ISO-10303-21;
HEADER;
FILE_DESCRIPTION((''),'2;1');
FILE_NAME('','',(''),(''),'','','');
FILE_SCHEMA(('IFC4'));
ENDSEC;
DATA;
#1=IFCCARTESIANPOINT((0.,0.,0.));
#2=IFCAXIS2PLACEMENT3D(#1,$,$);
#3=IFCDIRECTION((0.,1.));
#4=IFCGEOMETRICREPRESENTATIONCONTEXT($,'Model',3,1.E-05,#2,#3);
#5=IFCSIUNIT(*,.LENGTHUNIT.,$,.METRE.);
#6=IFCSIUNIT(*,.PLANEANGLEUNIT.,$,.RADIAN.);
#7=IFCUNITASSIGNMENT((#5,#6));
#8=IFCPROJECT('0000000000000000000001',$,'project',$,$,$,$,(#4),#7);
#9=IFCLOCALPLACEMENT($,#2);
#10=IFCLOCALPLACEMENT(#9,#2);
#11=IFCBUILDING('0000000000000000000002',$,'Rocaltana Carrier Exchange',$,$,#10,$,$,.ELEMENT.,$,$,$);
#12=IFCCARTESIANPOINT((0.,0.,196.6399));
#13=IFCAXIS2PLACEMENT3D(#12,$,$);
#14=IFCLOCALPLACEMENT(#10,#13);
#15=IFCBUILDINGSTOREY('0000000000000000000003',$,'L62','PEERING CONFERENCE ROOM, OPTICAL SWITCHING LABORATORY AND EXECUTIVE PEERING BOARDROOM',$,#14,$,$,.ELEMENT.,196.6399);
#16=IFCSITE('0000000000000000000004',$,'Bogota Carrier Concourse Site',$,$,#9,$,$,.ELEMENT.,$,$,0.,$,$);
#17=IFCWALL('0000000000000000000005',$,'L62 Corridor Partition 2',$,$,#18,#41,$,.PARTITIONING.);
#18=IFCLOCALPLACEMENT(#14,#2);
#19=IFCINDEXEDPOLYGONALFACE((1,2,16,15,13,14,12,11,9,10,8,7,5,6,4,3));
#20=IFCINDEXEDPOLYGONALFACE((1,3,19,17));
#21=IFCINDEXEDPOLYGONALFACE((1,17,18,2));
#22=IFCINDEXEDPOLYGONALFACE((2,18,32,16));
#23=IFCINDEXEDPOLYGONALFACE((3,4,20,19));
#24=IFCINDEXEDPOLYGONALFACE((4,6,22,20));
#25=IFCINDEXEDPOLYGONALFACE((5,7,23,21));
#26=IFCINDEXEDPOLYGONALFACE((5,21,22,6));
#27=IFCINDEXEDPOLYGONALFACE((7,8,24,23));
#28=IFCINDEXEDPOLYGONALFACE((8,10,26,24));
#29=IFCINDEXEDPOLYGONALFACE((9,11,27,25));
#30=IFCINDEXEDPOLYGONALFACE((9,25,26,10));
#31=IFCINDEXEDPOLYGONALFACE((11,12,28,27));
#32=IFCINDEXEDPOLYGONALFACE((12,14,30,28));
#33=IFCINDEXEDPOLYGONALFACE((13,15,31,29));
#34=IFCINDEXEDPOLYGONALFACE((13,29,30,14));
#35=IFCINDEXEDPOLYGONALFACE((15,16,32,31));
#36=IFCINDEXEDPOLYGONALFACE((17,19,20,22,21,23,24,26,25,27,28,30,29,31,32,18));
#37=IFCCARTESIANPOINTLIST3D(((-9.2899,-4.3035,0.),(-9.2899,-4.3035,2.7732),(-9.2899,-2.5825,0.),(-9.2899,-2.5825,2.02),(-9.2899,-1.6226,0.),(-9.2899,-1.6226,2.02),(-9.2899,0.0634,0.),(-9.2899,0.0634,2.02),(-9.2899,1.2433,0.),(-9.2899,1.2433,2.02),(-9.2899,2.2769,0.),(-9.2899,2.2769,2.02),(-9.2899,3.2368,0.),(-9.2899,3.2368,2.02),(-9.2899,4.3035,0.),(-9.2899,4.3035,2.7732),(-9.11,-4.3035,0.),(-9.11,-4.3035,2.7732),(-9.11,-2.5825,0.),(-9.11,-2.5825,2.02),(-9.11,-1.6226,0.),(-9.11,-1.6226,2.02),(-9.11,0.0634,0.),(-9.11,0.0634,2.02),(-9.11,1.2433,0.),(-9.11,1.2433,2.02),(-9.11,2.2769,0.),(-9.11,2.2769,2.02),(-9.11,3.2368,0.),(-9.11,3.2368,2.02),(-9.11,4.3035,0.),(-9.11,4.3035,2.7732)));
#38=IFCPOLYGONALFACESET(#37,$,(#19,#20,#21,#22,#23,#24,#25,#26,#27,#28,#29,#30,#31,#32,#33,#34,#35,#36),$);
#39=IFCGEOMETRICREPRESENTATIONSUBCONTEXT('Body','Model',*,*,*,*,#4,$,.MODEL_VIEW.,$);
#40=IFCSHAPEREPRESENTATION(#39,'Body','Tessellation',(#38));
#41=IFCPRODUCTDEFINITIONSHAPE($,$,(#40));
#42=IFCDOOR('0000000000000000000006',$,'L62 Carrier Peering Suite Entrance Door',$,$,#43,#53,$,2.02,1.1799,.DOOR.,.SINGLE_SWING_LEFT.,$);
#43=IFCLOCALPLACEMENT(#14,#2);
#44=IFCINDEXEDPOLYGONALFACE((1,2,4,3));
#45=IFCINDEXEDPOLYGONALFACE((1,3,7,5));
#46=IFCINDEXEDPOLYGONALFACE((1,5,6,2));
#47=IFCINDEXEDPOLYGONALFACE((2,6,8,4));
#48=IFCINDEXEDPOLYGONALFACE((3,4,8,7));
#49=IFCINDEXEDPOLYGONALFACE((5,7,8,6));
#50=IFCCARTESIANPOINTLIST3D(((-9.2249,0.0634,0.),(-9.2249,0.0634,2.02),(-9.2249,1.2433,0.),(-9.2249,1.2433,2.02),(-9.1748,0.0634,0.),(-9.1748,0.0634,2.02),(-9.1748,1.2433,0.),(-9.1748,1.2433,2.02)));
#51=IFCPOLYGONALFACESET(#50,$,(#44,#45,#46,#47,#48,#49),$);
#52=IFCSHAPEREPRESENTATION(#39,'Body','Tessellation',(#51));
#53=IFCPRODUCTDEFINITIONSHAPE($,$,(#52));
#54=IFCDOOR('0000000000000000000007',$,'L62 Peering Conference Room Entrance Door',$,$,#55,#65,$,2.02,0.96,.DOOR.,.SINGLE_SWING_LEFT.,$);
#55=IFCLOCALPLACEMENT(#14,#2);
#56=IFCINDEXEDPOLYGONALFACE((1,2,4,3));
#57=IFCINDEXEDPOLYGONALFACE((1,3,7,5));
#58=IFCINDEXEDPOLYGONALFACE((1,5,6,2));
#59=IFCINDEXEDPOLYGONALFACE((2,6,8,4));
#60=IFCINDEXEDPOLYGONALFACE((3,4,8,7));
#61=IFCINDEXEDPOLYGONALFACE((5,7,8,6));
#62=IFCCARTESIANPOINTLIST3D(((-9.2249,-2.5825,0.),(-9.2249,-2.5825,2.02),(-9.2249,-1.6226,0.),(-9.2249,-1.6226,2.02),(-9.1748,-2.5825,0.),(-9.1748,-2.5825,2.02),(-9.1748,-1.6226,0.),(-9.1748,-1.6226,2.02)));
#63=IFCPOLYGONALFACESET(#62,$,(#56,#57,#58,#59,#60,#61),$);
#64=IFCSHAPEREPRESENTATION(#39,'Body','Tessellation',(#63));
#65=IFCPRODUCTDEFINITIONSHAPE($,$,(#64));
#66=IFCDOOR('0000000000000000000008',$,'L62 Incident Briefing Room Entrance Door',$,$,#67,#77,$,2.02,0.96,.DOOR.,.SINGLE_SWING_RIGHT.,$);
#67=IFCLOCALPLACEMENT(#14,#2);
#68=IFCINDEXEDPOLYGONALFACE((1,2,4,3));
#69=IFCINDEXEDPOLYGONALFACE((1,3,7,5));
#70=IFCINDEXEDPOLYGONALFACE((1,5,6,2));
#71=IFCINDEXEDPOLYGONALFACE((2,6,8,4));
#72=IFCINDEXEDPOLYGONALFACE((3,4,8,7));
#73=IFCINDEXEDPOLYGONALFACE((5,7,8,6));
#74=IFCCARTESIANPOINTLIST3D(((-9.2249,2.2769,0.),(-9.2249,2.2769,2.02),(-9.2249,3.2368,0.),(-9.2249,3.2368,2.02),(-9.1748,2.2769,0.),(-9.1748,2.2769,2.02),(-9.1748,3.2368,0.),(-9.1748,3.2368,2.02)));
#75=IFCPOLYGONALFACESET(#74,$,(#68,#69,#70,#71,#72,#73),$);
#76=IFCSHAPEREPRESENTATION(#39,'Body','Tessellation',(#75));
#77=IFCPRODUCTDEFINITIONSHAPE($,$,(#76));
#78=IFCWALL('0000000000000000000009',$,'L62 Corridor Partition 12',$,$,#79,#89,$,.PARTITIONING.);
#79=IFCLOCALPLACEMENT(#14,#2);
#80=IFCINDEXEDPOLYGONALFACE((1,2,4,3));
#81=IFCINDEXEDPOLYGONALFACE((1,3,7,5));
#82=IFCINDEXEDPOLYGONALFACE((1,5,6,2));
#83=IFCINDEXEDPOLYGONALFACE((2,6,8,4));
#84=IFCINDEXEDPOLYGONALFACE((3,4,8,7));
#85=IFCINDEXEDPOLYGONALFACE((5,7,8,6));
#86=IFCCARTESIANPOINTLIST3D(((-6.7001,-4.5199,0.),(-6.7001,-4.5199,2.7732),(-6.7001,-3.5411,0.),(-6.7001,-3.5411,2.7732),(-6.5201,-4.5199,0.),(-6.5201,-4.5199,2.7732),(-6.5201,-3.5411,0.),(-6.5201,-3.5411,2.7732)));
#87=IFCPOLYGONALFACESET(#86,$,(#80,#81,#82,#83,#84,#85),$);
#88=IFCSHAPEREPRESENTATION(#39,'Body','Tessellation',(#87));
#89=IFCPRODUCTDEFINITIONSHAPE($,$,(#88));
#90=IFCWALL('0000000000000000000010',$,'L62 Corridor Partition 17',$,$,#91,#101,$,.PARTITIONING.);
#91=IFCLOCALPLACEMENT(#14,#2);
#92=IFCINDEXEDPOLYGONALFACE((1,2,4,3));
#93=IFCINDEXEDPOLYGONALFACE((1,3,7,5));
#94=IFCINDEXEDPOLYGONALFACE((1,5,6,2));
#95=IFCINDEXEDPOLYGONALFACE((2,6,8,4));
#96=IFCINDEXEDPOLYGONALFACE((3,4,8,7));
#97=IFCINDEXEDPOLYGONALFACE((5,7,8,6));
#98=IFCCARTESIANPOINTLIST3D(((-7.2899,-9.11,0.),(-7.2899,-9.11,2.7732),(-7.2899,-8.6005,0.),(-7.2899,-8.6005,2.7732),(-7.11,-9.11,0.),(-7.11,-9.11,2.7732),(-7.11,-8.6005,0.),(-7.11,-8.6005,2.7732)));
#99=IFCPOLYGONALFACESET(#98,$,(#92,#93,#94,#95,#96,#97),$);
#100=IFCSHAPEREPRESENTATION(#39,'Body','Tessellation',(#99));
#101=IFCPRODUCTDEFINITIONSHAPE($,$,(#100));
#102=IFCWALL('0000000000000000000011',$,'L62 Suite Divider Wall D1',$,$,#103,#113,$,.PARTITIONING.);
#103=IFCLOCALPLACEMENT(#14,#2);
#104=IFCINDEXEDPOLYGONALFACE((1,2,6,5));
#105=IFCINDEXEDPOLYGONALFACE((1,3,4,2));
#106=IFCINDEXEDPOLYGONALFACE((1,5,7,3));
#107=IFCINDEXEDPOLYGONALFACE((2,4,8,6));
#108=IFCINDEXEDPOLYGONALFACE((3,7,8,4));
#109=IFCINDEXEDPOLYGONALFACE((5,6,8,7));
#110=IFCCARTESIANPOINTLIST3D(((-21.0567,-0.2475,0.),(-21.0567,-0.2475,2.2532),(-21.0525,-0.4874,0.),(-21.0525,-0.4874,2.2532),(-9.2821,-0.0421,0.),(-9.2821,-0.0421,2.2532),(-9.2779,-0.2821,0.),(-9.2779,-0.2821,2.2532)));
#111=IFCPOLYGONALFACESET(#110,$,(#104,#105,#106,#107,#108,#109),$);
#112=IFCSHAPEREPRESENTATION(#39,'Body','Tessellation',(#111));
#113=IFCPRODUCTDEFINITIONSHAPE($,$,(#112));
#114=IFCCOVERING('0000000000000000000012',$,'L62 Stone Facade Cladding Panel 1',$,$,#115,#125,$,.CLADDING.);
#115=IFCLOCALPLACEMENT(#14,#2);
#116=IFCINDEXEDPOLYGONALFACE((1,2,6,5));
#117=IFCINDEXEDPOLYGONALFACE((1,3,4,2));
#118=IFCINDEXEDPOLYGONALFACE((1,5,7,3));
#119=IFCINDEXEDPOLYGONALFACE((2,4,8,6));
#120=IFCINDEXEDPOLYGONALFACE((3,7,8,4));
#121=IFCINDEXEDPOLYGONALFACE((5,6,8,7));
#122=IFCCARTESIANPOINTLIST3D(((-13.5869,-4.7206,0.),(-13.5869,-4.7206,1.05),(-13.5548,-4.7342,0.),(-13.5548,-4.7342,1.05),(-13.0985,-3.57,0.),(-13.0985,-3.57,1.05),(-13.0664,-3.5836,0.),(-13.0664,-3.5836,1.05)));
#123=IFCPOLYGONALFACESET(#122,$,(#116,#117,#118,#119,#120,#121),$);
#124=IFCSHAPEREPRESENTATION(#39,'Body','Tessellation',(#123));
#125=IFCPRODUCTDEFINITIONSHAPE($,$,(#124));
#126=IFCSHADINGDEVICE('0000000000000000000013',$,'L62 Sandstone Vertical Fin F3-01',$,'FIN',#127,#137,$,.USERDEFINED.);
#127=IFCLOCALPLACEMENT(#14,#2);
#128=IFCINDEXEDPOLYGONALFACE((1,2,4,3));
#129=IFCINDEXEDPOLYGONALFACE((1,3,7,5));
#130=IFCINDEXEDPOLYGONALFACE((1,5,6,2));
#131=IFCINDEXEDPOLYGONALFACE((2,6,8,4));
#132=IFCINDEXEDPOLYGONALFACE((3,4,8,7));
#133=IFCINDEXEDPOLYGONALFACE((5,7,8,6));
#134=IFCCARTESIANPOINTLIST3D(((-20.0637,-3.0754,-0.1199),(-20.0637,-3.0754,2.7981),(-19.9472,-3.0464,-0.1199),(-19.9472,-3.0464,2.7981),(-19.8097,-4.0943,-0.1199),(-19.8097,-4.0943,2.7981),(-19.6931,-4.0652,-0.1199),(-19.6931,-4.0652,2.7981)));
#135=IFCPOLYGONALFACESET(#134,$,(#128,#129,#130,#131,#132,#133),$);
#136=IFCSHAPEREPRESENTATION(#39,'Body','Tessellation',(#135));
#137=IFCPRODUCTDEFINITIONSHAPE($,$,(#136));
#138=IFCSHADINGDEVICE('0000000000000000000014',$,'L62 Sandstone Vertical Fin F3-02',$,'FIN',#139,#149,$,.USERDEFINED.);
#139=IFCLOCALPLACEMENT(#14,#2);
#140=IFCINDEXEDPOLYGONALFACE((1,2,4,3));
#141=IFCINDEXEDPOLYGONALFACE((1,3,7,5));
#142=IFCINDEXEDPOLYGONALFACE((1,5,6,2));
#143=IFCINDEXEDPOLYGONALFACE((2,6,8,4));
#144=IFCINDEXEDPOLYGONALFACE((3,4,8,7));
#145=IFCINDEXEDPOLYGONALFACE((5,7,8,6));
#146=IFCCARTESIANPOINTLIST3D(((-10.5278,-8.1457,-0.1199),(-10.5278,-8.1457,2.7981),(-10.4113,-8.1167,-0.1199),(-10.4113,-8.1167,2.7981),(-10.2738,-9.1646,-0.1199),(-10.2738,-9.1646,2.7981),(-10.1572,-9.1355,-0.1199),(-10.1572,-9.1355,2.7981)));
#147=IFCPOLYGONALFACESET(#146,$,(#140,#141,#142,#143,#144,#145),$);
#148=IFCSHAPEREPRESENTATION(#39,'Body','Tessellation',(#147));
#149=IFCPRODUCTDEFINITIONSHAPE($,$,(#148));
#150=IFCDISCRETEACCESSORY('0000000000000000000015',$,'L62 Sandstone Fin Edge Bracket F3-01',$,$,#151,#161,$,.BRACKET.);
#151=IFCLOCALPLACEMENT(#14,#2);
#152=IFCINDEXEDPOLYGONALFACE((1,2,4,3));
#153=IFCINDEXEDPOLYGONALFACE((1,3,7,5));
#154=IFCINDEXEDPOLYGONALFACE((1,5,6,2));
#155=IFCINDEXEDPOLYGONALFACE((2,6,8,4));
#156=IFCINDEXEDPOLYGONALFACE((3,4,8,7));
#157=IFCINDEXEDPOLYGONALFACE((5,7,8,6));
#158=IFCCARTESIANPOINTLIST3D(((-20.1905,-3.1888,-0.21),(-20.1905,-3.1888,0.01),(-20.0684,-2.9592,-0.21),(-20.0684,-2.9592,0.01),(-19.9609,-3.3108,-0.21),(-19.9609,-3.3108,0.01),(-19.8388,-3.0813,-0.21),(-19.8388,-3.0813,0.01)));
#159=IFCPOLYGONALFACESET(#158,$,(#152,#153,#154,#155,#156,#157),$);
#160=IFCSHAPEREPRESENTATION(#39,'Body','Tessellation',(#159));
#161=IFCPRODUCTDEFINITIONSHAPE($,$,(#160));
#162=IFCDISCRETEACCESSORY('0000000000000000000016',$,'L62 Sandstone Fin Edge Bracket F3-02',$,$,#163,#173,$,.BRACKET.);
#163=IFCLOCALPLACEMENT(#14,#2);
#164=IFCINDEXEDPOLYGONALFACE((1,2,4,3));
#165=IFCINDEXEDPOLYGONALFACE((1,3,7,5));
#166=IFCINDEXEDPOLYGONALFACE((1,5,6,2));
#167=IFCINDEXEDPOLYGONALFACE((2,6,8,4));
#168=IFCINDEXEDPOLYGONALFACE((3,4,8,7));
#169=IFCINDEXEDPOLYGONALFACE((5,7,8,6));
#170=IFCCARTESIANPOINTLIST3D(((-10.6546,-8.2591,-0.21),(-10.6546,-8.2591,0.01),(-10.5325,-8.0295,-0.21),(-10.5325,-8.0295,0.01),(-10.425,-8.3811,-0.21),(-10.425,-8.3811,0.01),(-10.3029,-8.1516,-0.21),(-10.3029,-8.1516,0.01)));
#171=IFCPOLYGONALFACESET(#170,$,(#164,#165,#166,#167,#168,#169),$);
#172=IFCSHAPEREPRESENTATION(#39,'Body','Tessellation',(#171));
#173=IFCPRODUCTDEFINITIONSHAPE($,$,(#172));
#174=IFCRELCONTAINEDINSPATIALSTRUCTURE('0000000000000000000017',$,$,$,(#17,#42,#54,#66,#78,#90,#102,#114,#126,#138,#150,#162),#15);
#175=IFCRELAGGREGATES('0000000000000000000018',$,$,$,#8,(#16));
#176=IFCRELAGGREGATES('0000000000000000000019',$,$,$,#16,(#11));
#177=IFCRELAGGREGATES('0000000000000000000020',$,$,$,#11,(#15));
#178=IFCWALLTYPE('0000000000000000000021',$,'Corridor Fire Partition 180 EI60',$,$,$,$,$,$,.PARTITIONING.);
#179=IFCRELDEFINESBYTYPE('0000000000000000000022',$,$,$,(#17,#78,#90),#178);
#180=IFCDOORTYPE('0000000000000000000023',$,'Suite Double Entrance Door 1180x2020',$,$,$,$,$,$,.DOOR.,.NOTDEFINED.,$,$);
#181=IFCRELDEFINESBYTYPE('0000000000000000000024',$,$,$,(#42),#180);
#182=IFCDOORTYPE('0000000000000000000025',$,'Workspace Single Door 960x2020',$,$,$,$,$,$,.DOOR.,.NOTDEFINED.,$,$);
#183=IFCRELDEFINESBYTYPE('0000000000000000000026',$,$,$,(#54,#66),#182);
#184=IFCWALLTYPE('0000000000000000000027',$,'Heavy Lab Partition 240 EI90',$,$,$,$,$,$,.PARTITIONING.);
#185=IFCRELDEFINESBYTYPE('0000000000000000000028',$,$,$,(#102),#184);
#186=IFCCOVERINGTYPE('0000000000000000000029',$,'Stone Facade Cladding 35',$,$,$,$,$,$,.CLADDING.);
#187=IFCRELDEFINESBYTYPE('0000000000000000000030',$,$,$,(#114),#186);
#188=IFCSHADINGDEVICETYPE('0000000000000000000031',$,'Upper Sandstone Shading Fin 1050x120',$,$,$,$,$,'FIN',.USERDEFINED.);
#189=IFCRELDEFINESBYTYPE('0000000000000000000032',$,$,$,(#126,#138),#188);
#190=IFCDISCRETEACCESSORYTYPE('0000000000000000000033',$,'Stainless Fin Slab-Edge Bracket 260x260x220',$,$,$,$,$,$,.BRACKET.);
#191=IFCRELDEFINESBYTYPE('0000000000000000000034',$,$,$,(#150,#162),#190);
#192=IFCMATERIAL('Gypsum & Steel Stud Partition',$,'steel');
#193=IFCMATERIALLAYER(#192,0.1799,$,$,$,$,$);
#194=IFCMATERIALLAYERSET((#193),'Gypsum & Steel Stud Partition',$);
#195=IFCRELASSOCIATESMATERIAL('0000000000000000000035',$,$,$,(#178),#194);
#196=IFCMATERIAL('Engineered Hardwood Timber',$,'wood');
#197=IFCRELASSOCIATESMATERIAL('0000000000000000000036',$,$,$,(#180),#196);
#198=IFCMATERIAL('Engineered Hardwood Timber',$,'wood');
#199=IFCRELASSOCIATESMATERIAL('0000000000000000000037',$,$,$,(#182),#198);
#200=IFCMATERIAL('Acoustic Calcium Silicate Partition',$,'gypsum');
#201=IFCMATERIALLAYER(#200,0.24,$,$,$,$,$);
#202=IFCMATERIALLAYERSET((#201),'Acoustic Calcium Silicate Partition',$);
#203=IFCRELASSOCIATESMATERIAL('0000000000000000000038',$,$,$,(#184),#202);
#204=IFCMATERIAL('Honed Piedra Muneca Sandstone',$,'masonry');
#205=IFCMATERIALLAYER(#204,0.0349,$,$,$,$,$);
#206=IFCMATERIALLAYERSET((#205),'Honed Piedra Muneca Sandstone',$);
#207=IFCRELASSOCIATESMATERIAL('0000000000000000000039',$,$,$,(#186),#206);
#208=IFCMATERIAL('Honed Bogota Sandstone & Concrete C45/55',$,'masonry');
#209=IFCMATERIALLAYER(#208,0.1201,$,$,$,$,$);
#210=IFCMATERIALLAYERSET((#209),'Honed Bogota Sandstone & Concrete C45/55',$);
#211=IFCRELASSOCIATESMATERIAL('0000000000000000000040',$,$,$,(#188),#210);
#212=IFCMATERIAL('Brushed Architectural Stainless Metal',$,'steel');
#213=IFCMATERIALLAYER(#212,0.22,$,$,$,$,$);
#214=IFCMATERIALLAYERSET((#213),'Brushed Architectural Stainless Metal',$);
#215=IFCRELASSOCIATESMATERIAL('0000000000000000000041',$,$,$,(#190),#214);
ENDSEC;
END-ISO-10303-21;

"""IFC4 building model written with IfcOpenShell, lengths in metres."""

from ifc_helpers import new_model, si_unit, direction, frame, frame_2d, origin, origin_2d, place, context, subcontext, project, spatial, rectangle, extrude, material, layer, layer_set, type_object, element, fill, save


model = new_model("IFC4")

# Units and contexts
model_context = context("Model", 3, precision=1e-05, world=origin(), true_north=direction((0.0, 1.0)))
body_context = subcontext(model_context, "Body", "Model", "MODEL_VIEW")
ifc_project = project(units=[si_unit("LENGTHUNIT", "METRE"), si_unit("PLANEANGLEUNIT", "RADIAN")], contexts=[model_context])

# Site, building, storey
site_placement = place(None, origin())
site = spatial("IfcSite", under=ifc_project, at=site_placement, Name="Bogota Carrier Concourse Site", CompositionType="ELEMENT", RefElevation=0.0)
building_placement = place(site_placement, origin())
building = spatial("IfcBuilding", under=site, at=building_placement, Name="Rocaltana Carrier Exchange", CompositionType="ELEMENT")
storey_placement = place(building_placement, frame((0.0, 0.0, 196.6399)))
storey = spatial("IfcBuildingStorey", under=building, at=storey_placement, Name="L62", Description="PEERING CONFERENCE ROOM, OPTICAL SWITCHING LABORATORY AND EXECUTIVE PEERING BOARDROOM", CompositionType="ELEMENT", Elevation=196.6399)

# Shared definitions
ifc_material_1 = material(Name="Gypsum & Steel Stud Partition", Category="steel")
ifc_layer_1 = layer(ifc_material_1, 0.1799)
ifc_layer_set_1 = layer_set([ifc_layer_1], Name="Gypsum & Steel Stud Partition")
wall_type_1 = type_object("IfcWallType", Name="Corridor Fire Partition 180 EI60", PredefinedType="PARTITIONING", material=ifc_layer_set_1)

# Wall, openings, doors
wall_1_placement = place(storey_placement, frame((-9.2, -4.3035, 0.0), z_axis=(0.0, 0.0, 1.0), x_axis=(0.0, 1.0, 0.0)))
wall_1 = element("IfcWall", 1, at=wall_1_placement, inside=storey, type_object=wall_type_1, Name="L62 Corridor Partition 2", PredefinedType="PARTITIONING", context=body_context, shape_type="SweptSolid", body=[
    extrude(rectangle(XDim=8.6069, YDim=0.1799, at=frame_2d((4.3035, 0.0))), origin(), (0.0, 0.0, 1.0), 2.7732),
])
opening_1_placement = place(wall_1_placement, frame((1.7209, 0.0, 0.0)))
opening_1 = element("IfcOpeningElement", 2, at=opening_1_placement, cuts=wall_1, PredefinedType="OPENING", context=body_context, shape_type="SweptSolid", body=[
    extrude(rectangle(XDim=0.96, YDim=2.02, at=frame_2d((0.48, 1.01))), frame((0.0, 0.0999, 0.0), z_axis=(0.0, -1.0, 0.0), x_axis=(1.0, 0.0, 0.0)), (0.0, 0.0, 1.0), 0.2),
])
opening_2_placement = place(wall_1_placement, frame((6.5803, 0.0, 0.0)))
opening_2 = element("IfcOpeningElement", 3, at=opening_2_placement, cuts=wall_1, PredefinedType="OPENING", context=body_context, shape_type="SweptSolid", body=[
    extrude(rectangle(XDim=0.96, YDim=2.02, at=frame_2d((0.48, 1.01))), frame((0.0, 0.0999, 0.0), z_axis=(0.0, -1.0, 0.0), x_axis=(1.0, 0.0, 0.0)), (0.0, 0.0, 1.0), 0.2),
])
opening_3_placement = place(wall_1_placement, frame((4.3669, 0.0, 0.0)))
opening_3 = element("IfcOpeningElement", 4, at=opening_3_placement, cuts=wall_1, PredefinedType="OPENING", context=body_context, shape_type="SweptSolid", body=[
    extrude(rectangle(XDim=1.1799, YDim=2.02, at=frame_2d((0.5898, 1.01))), frame((0.0, 0.0999, 0.0), z_axis=(0.0, -1.0, 0.0), x_axis=(1.0, 0.0, 0.0)), (0.0, 0.0, 1.0), 0.2),
])
ifc_material_2 = material(Name="Engineered Hardwood Timber", Category="wood")
door_type_1 = type_object("IfcDoorType", Name="Suite Double Entrance Door 1180x2020", OperationType="NOTDEFINED", PredefinedType="DOOR", material=ifc_material_2)
door_1_placement = place(opening_3_placement, origin())
door_1 = element("IfcDoor", 5, at=door_1_placement, inside=storey, type_object=door_type_1, Name="L62 Carrier Peering Suite Entrance Door", OperationType="SINGLE_SWING_LEFT", OverallHeight=2.02, OverallWidth=1.1799, PredefinedType="DOOR", context=body_context, shape_type="SweptSolid", body=[
    extrude(rectangle(XDim=1.1799, YDim=2.02, at=frame_2d((0.5898, 1.01))), frame((0.0, 0.0249, 0.0), z_axis=(0.0, -1.0, 0.0), x_axis=(1.0, 0.0, 0.0)), (0.0, 0.0, 1.0), 0.05),
])
fill(opening_3, door_1)
ifc_material_3 = material(Name="Engineered Hardwood Timber", Category="wood")
door_type_2 = type_object("IfcDoorType", Name="Workspace Single Door 960x2020", OperationType="NOTDEFINED", PredefinedType="DOOR", material=ifc_material_3)
door_2_placement = place(opening_1_placement, origin())
door_2 = element("IfcDoor", 6, at=door_2_placement, inside=storey, type_object=door_type_2, Name="L62 Peering Conference Room Entrance Door", OperationType="SINGLE_SWING_LEFT", OverallHeight=2.02, OverallWidth=0.96, PredefinedType="DOOR", context=body_context, shape_type="SweptSolid", body=[
    extrude(rectangle(XDim=0.96, YDim=2.02, at=frame_2d((0.48, 1.01))), frame((0.0, 0.0249, 0.0), z_axis=(0.0, -1.0, 0.0), x_axis=(1.0, 0.0, 0.0)), (0.0, 0.0, 1.0), 0.05),
])
fill(opening_1, door_2)
door_3_placement = place(opening_2_placement, origin())
door_3 = element("IfcDoor", 7, at=door_3_placement, inside=storey, type_object=door_type_2, Name="L62 Incident Briefing Room Entrance Door", OperationType="SINGLE_SWING_RIGHT", OverallHeight=2.02, OverallWidth=0.96, PredefinedType="DOOR", context=body_context, shape_type="SweptSolid", body=[
    extrude(rectangle(XDim=0.96, YDim=2.02, at=frame_2d((0.48, 1.01))), frame((0.0, 0.0249, 0.0), z_axis=(0.0, -1.0, 0.0), x_axis=(1.0, 0.0, 0.0)), (0.0, 0.0, 1.0), 0.05),
])
fill(opening_2, door_3)

# Walls
wall_2_placement = place(storey_placement, frame((-6.6101, -3.5413, 0.0), z_axis=(0.0, 0.0, 1.0), x_axis=(0.0, -1.0, 0.0)))
element("IfcWall", 8, at=wall_2_placement, inside=storey, type_object=wall_type_1, Name="L62 Corridor Partition 12", PredefinedType="PARTITIONING", context=body_context, shape_type="SweptSolid", body=[
    extrude(rectangle(XDim=0.9788, YDim=0.1799, at=frame_2d((0.4893, 0.0))), origin(), (0.0, 0.0, 1.0), 2.7732),
])
wall_3_placement = place(storey_placement, frame((-7.2, -9.1101, 0.0), z_axis=(0.0, 0.0, 1.0), x_axis=(0.0, 1.0, 0.0)))
element("IfcWall", 9, at=wall_3_placement, inside=storey, type_object=wall_type_1, Name="L62 Corridor Partition 17", PredefinedType="PARTITIONING", context=body_context, shape_type="SweptSolid", body=[
    extrude(rectangle(XDim=0.5095, YDim=0.1799, at=frame_2d((0.2549, 0.0))), origin(), (0.0, 0.0, 1.0), 2.7732),
])
ifc_material_4 = material(Name="Acoustic Calcium Silicate Partition", Category="gypsum")
ifc_layer_2 = layer(ifc_material_4, 0.24)
ifc_layer_set_2 = layer_set([ifc_layer_2], Name="Acoustic Calcium Silicate Partition")
wall_type_2 = type_object("IfcWallType", Name="Heavy Lab Partition 240 EI90", PredefinedType="PARTITIONING", material=ifc_layer_set_2)
wall_4_placement = place(storey_placement, frame((-9.28, -0.1621, 0.0), z_axis=(0.0, 0.0, 1.0), x_axis=(-0.999848, -0.017435, 0.0)))
element("IfcWall", 10, at=wall_4_placement, inside=storey, type_object=wall_type_2, Name="L62 Suite Divider Wall D1", PredefinedType="PARTITIONING", context=body_context, shape_type="SweptSolid", body=[
    extrude(rectangle(XDim=11.7764, YDim=0.24, at=frame_2d((5.8882, 0.0))), origin(), (0.0, 0.0, 1.0), 2.2532),
])

# Covering
ifc_material_5 = material(Name="Honed Piedra Muneca Sandstone", Category="masonry")
ifc_layer_3 = layer(ifc_material_5, 0.0349)
ifc_layer_set_3 = layer_set([ifc_layer_3], Name="Honed Piedra Muneca Sandstone")
covering_type = type_object("IfcCoveringType", Name="Stone Facade Cladding 35", PredefinedType="CLADDING", material=ifc_layer_set_3)
covering_placement = place(storey_placement, frame((-13.3267, -4.1521, 0.0), z_axis=(0.0, 0.0, 1.0), x_axis=(0.390731, 0.920505, 0.0)))
element("IfcCovering", 11, at=covering_placement, inside=storey, type_object=covering_type, Name="L62 Stone Facade Cladding Panel 1", PredefinedType="CLADDING", context=body_context, shape_type="SweptSolid", body=[
    extrude(rectangle(XDim=1.25, YDim=0.0349, at=origin_2d()), origin(), (0.0, 0.0, 1.0), 1.05),
])

# Shading devices
ifc_material_6 = material(Name="Honed Bogota Sandstone & Concrete C45/55", Category="masonry")
ifc_layer_4 = layer(ifc_material_6, 0.1201)
ifc_layer_set_4 = layer_set([ifc_layer_4], Name="Honed Bogota Sandstone & Concrete C45/55")
shading_device_type = type_object("IfcShadingDeviceType", Name="Upper Sandstone Shading Fin 1050x120", ElementType="FIN", PredefinedType="USERDEFINED", material=ifc_layer_set_4)
for number, where, z_axis, x_axis, name in (
    (12, (-19.8784, -3.5703, -0.1199), (0.0, 0.0, 1.0), (0.241922, -0.970296, 0.0), "L62 Sandstone Vertical Fin F3-01"),
    (13, (-10.3425, -8.6406, -0.1199), (0.0, 0.0, 1.0), (0.241922, -0.970296, 0.0), "L62 Sandstone Vertical Fin F3-02"),
):
    element("IfcShadingDevice", number, at=place(storey_placement, frame(where, z_axis=z_axis, x_axis=x_axis)), inside=storey, type_object=shading_device_type, Name=name, ObjectType="FIN", PredefinedType="USERDEFINED", context=body_context, shape_type="SweptSolid", body=[
        extrude(rectangle(XDim=1.05, YDim=0.1201, at=origin_2d()), origin(), (0.0, 0.0, 1.0), 2.918),
    ])

# Discrete accessories
ifc_material_7 = material(Name="Brushed Architectural Stainless Metal", Category="steel")
ifc_layer_5 = layer(ifc_material_7, 0.22)
ifc_layer_set_5 = layer_set([ifc_layer_5], Name="Brushed Architectural Stainless Metal")
discrete_accessory_type = type_object("IfcDiscreteAccessoryType", Name="Stainless Fin Slab-Edge Bracket 260x260x220", PredefinedType="BRACKET", material=ifc_layer_set_5)
for number, where, z_axis, x_axis, name in (
    (14, (-20.0146, -3.135, -0.21), (0.0, 0.0, 1.0), (0.882948, -0.469472, 0.0), "L62 Sandstone Fin Edge Bracket F3-01"),
    (15, (-10.4788, -8.2053, -0.21), (0.0, 0.0, 1.0), (0.882948, -0.469472, 0.0), "L62 Sandstone Fin Edge Bracket F3-02"),
):
    element("IfcDiscreteAccessory", number, at=place(storey_placement, frame(where, z_axis=z_axis, x_axis=x_axis)), inside=storey, type_object=discrete_accessory_type, Name=name, PredefinedType="BRACKET", context=body_context, shape_type="SweptSolid", body=[
        extrude(rectangle(XDim=0.26, YDim=0.26, at=origin_2d()), origin(), (0.0, 0.0, 1.0), 0.22),
    ])

save(model, "model.ifc")
